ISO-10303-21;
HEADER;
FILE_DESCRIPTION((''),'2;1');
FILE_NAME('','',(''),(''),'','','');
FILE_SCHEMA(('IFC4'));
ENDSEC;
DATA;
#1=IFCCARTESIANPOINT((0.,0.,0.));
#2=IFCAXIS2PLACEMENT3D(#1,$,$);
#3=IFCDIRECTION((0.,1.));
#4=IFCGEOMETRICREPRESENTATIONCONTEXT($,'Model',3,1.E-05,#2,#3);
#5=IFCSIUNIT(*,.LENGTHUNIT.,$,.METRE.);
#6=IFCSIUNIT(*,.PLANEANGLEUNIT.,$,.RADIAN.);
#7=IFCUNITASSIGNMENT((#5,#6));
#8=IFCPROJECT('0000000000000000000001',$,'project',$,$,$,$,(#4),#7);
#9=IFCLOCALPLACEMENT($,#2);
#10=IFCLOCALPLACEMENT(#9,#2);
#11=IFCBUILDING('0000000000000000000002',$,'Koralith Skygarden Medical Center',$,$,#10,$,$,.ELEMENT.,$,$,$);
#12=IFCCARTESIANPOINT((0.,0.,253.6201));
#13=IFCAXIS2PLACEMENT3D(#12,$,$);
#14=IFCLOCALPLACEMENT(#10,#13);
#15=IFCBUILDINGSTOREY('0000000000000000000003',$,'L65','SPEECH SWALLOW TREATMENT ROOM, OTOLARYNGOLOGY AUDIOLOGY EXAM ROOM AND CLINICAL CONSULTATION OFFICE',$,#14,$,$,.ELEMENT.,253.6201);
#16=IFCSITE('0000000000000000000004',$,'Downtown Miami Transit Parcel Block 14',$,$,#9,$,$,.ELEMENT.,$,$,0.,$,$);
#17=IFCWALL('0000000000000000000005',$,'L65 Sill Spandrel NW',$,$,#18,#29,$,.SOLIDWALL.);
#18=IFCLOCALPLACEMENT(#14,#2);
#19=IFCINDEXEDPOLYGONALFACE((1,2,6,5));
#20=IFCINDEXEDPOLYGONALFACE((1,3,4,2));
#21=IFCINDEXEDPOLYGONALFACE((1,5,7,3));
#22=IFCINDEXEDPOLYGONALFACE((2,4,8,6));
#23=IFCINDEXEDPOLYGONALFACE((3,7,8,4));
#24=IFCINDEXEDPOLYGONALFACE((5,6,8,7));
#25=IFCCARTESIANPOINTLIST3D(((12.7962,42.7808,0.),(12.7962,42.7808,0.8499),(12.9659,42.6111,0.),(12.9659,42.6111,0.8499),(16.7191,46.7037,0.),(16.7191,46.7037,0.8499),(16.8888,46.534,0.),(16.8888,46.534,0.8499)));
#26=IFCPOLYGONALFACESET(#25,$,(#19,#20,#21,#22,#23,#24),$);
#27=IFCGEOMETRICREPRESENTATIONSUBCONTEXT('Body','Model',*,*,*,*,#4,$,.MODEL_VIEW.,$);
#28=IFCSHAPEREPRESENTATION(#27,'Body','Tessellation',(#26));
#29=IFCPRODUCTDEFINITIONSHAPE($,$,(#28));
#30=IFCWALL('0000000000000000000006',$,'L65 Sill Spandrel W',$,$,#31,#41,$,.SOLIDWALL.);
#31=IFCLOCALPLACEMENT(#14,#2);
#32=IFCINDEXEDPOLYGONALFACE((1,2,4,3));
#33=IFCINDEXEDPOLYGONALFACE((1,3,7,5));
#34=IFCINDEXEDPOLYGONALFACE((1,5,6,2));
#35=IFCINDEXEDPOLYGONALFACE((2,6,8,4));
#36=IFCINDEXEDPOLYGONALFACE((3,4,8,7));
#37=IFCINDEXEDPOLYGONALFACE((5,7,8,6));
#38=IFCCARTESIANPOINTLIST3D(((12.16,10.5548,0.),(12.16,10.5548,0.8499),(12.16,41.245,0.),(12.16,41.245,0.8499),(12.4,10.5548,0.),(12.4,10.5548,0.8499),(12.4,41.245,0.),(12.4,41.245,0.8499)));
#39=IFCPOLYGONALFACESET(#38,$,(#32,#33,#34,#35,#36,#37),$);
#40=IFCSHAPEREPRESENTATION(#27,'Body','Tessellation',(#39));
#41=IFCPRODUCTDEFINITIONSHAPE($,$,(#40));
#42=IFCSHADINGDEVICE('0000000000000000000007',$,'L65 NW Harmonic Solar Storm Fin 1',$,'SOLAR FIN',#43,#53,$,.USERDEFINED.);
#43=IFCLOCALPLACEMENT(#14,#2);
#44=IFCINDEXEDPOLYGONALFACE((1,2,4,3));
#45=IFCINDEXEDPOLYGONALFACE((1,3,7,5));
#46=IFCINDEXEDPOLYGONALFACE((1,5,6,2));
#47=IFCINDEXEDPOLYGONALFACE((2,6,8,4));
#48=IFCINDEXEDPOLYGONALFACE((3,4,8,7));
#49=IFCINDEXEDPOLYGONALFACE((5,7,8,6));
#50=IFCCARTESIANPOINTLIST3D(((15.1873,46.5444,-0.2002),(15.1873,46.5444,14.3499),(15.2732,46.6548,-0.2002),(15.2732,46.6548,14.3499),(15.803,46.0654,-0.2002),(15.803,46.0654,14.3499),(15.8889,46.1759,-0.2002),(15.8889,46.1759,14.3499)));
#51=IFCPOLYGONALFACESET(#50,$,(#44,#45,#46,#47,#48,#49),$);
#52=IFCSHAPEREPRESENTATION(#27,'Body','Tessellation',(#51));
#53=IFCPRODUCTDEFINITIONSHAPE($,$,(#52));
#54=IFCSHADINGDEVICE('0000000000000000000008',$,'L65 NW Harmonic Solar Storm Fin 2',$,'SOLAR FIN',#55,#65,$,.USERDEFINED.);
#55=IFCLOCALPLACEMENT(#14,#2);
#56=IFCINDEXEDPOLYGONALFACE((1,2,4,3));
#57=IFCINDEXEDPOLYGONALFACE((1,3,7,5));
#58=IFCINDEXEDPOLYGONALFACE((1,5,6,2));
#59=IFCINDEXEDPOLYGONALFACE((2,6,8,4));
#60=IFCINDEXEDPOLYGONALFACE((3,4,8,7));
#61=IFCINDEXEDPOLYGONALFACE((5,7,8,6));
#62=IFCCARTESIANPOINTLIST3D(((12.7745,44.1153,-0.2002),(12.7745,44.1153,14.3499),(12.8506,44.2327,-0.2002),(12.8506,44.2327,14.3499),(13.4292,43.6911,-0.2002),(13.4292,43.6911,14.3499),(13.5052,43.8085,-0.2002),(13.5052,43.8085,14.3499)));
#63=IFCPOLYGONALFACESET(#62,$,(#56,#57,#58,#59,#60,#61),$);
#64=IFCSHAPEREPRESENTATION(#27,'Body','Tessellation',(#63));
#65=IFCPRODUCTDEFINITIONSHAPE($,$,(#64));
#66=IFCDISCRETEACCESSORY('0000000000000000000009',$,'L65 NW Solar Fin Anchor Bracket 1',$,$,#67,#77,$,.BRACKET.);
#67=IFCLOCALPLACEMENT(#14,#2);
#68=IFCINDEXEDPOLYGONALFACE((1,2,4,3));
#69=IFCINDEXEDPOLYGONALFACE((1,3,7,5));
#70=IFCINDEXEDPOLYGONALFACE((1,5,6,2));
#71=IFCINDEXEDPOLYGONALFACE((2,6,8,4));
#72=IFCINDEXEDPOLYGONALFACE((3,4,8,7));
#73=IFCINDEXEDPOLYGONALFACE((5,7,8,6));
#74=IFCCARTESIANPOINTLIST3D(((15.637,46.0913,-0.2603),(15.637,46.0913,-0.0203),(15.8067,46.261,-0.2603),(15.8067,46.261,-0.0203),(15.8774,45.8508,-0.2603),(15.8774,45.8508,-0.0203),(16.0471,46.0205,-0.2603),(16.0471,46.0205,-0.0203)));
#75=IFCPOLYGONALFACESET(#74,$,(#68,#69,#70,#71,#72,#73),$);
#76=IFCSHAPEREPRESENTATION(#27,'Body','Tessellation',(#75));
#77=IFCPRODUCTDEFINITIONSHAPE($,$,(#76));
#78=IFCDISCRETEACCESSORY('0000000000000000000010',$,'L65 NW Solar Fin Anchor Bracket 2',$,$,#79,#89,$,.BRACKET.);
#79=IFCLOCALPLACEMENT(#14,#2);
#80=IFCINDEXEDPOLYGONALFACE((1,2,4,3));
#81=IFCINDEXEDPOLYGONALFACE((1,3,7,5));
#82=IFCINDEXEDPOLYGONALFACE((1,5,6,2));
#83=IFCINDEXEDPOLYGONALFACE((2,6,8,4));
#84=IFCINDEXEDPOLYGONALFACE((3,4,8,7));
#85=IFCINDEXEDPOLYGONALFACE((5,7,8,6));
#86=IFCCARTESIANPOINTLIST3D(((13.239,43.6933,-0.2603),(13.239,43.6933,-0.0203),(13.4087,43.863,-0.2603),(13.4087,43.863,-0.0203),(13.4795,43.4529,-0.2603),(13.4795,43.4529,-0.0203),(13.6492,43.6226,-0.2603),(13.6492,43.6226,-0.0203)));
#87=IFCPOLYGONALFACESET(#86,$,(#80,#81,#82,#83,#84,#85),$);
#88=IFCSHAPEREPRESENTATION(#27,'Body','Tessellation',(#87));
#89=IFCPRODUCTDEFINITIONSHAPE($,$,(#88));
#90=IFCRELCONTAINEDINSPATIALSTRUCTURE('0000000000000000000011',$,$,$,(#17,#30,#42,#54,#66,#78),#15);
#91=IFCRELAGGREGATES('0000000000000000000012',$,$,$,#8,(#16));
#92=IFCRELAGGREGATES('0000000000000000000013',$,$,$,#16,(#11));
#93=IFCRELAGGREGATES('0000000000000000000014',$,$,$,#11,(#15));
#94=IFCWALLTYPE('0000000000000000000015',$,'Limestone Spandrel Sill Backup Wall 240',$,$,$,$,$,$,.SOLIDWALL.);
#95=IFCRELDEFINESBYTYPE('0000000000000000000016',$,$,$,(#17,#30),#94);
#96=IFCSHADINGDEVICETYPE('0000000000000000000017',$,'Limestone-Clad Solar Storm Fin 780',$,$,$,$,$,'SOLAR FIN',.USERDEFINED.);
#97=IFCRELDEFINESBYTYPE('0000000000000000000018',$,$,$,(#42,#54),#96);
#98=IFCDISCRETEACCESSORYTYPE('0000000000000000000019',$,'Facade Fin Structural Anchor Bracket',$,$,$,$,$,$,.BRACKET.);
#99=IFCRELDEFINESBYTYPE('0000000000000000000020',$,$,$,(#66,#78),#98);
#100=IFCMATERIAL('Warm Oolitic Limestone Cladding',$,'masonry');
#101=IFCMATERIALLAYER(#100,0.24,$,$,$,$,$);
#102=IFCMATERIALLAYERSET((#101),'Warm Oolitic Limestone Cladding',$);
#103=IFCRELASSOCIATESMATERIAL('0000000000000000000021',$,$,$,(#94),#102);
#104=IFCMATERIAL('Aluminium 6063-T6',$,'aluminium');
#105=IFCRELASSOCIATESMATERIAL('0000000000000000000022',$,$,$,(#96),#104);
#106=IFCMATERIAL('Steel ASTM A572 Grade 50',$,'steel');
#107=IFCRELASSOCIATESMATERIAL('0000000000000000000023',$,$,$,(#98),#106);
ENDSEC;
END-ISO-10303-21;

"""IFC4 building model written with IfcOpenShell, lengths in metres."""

from ifc_helpers import new_model, si_unit, direction, frame, frame_2d, origin, origin_2d, place, context, subcontext, project, spatial, rectangle, extrude, material, layer, layer_set, type_object, element, save


model = new_model("IFC4")

# Units and contexts
model_context = context("Model", 3, precision=1e-05, world=origin(), true_north=direction((0.0, 1.0)))
body_context = subcontext(model_context, "Body", "Model", "MODEL_VIEW")
ifc_project = project(units=[si_unit("LENGTHUNIT", "METRE"), si_unit("PLANEANGLEUNIT", "RADIAN")], contexts=[model_context])

# Site, building, storey
site_placement = place(None, origin())
site = spatial("IfcSite", under=ifc_project, at=site_placement, Name="Downtown Miami Transit Parcel Block 14", CompositionType="ELEMENT", RefElevation=0.0)
building_placement = place(site_placement, origin())
building = spatial("IfcBuilding", under=site, at=building_placement, Name="Koralith Skygarden Medical Center", CompositionType="ELEMENT")
storey_placement = place(building_placement, frame((0.0, 0.0, 253.6201)))
storey = spatial("IfcBuildingStorey", under=building, at=storey_placement, Name="L65", Description="SPEECH SWALLOW TREATMENT ROOM, OTOLARYNGOLOGY AUDIOLOGY EXAM ROOM AND CLINICAL CONSULTATION OFFICE", CompositionType="ELEMENT", Elevation=253.6201)

# Shared definitions
ifc_material_1 = material(Name="Aluminium 6063-T6", Category="aluminium")

# Shared definitions
ifc_material_2 = material(Name="Warm Oolitic Limestone Cladding", Category="masonry")

# Walls
ifc_layer_1 = layer(ifc_material_2, 0.24)
ifc_layer_set_1 = layer_set([ifc_layer_1], Name="Warm Oolitic Limestone Cladding")
wall_type_1 = type_object("IfcWallType", Name="Limestone Spandrel Sill Backup Wall 240", PredefinedType="SOLIDWALL", material=ifc_layer_set_1)
wall_1_placement = place(storey_placement, frame((16.804, 46.6189, 0.0), z_axis=(0.0, 0.0, 1.0), x_axis=(-0.707107, -0.707107, 0.0)))
element("IfcWall", 1, at=wall_1_placement, inside=storey, type_object=wall_type_1, Name="L65 Sill Spandrel NW", PredefinedType="SOLIDWALL", context=body_context, shape_type="SweptSolid", body=[
    extrude(rectangle(XDim=5.5479, YDim=0.24, at=frame_2d((2.7739, 0.0))), origin(), (0.0, 0.0, 1.0), 0.8499),
])
wall_2_placement = place(storey_placement, frame((12.28, 41.2451, 0.0), z_axis=(0.0, 0.0, 1.0), x_axis=(0.0, -1.0, 0.0)))
element("IfcWall", 2, at=wall_2_placement, inside=storey, type_object=wall_type_1, Name="L65 Sill Spandrel W", PredefinedType="SOLIDWALL", context=body_context, shape_type="SweptSolid", body=[
    extrude(rectangle(XDim=30.6902, YDim=0.24, at=frame_2d((15.3452, 0.0))), origin(), (0.0, 0.0, 1.0), 0.8499),
])

# Shading devices
shading_device_type = type_object("IfcShadingDeviceType", Name="Limestone-Clad Solar Storm Fin 780", ElementType="SOLAR FIN", PredefinedType="USERDEFINED", material=ifc_material_1)
for number, where, z_axis, x_axis, name in (
    (3, (15.5381, 46.3601, -0.2002), (0.0, 0.0, 1.0), (-0.789331, 0.613968, 0.0), "L65 NW Harmonic Solar Storm Fin 1"),
    (4, (13.1399, 43.9619, -0.2002), (0.0, 0.0, 1.0), (-0.839221, 0.54379, 0.0), "L65 NW Harmonic Solar Storm Fin 2"),
):
    element("IfcShadingDevice", number, at=place(storey_placement, frame(where, z_axis=z_axis, x_axis=x_axis)), inside=storey, type_object=shading_device_type, Name=name, ObjectType="SOLAR FIN", PredefinedType="USERDEFINED", context=body_context, shape_type="SweptSolid", body=[
        extrude(rectangle(XDim=0.78, YDim=0.1399, at=origin_2d()), origin(), (0.0, 0.0, 1.0), 14.55),
    ])

# Discrete accessories
ifc_material_3 = material(Name="Steel ASTM A572 Grade 50", Category="steel")
discrete_accessory_type = type_object("IfcDiscreteAccessoryType", Name="Facade Fin Structural Anchor Bracket", PredefinedType="BRACKET", material=ifc_material_3)
for number, where, z_axis, x_axis, name in (
    (5, (15.842, 46.0559, -0.2603), (0.0, 0.0, 1.0), (-0.707107, 0.707107, 0.0), "L65 NW Solar Fin Anchor Bracket 1"),
    (6, (13.4441, 43.658, -0.2603), (0.0, 0.0, 1.0), (-0.707107, 0.707107, 0.0), "L65 NW Solar Fin Anchor Bracket 2"),
):
    element("IfcDiscreteAccessory", number, at=place(storey_placement, frame(where, z_axis=z_axis, x_axis=x_axis)), inside=storey, type_object=discrete_accessory_type, Name=name, PredefinedType="BRACKET", context=body_context, shape_type="SweptSolid", body=[
        extrude(rectangle(XDim=0.3401, YDim=0.24, at=origin_2d()), origin(), (0.0, 0.0, 1.0), 0.24),
    ])

save(model, "model.ifc")
